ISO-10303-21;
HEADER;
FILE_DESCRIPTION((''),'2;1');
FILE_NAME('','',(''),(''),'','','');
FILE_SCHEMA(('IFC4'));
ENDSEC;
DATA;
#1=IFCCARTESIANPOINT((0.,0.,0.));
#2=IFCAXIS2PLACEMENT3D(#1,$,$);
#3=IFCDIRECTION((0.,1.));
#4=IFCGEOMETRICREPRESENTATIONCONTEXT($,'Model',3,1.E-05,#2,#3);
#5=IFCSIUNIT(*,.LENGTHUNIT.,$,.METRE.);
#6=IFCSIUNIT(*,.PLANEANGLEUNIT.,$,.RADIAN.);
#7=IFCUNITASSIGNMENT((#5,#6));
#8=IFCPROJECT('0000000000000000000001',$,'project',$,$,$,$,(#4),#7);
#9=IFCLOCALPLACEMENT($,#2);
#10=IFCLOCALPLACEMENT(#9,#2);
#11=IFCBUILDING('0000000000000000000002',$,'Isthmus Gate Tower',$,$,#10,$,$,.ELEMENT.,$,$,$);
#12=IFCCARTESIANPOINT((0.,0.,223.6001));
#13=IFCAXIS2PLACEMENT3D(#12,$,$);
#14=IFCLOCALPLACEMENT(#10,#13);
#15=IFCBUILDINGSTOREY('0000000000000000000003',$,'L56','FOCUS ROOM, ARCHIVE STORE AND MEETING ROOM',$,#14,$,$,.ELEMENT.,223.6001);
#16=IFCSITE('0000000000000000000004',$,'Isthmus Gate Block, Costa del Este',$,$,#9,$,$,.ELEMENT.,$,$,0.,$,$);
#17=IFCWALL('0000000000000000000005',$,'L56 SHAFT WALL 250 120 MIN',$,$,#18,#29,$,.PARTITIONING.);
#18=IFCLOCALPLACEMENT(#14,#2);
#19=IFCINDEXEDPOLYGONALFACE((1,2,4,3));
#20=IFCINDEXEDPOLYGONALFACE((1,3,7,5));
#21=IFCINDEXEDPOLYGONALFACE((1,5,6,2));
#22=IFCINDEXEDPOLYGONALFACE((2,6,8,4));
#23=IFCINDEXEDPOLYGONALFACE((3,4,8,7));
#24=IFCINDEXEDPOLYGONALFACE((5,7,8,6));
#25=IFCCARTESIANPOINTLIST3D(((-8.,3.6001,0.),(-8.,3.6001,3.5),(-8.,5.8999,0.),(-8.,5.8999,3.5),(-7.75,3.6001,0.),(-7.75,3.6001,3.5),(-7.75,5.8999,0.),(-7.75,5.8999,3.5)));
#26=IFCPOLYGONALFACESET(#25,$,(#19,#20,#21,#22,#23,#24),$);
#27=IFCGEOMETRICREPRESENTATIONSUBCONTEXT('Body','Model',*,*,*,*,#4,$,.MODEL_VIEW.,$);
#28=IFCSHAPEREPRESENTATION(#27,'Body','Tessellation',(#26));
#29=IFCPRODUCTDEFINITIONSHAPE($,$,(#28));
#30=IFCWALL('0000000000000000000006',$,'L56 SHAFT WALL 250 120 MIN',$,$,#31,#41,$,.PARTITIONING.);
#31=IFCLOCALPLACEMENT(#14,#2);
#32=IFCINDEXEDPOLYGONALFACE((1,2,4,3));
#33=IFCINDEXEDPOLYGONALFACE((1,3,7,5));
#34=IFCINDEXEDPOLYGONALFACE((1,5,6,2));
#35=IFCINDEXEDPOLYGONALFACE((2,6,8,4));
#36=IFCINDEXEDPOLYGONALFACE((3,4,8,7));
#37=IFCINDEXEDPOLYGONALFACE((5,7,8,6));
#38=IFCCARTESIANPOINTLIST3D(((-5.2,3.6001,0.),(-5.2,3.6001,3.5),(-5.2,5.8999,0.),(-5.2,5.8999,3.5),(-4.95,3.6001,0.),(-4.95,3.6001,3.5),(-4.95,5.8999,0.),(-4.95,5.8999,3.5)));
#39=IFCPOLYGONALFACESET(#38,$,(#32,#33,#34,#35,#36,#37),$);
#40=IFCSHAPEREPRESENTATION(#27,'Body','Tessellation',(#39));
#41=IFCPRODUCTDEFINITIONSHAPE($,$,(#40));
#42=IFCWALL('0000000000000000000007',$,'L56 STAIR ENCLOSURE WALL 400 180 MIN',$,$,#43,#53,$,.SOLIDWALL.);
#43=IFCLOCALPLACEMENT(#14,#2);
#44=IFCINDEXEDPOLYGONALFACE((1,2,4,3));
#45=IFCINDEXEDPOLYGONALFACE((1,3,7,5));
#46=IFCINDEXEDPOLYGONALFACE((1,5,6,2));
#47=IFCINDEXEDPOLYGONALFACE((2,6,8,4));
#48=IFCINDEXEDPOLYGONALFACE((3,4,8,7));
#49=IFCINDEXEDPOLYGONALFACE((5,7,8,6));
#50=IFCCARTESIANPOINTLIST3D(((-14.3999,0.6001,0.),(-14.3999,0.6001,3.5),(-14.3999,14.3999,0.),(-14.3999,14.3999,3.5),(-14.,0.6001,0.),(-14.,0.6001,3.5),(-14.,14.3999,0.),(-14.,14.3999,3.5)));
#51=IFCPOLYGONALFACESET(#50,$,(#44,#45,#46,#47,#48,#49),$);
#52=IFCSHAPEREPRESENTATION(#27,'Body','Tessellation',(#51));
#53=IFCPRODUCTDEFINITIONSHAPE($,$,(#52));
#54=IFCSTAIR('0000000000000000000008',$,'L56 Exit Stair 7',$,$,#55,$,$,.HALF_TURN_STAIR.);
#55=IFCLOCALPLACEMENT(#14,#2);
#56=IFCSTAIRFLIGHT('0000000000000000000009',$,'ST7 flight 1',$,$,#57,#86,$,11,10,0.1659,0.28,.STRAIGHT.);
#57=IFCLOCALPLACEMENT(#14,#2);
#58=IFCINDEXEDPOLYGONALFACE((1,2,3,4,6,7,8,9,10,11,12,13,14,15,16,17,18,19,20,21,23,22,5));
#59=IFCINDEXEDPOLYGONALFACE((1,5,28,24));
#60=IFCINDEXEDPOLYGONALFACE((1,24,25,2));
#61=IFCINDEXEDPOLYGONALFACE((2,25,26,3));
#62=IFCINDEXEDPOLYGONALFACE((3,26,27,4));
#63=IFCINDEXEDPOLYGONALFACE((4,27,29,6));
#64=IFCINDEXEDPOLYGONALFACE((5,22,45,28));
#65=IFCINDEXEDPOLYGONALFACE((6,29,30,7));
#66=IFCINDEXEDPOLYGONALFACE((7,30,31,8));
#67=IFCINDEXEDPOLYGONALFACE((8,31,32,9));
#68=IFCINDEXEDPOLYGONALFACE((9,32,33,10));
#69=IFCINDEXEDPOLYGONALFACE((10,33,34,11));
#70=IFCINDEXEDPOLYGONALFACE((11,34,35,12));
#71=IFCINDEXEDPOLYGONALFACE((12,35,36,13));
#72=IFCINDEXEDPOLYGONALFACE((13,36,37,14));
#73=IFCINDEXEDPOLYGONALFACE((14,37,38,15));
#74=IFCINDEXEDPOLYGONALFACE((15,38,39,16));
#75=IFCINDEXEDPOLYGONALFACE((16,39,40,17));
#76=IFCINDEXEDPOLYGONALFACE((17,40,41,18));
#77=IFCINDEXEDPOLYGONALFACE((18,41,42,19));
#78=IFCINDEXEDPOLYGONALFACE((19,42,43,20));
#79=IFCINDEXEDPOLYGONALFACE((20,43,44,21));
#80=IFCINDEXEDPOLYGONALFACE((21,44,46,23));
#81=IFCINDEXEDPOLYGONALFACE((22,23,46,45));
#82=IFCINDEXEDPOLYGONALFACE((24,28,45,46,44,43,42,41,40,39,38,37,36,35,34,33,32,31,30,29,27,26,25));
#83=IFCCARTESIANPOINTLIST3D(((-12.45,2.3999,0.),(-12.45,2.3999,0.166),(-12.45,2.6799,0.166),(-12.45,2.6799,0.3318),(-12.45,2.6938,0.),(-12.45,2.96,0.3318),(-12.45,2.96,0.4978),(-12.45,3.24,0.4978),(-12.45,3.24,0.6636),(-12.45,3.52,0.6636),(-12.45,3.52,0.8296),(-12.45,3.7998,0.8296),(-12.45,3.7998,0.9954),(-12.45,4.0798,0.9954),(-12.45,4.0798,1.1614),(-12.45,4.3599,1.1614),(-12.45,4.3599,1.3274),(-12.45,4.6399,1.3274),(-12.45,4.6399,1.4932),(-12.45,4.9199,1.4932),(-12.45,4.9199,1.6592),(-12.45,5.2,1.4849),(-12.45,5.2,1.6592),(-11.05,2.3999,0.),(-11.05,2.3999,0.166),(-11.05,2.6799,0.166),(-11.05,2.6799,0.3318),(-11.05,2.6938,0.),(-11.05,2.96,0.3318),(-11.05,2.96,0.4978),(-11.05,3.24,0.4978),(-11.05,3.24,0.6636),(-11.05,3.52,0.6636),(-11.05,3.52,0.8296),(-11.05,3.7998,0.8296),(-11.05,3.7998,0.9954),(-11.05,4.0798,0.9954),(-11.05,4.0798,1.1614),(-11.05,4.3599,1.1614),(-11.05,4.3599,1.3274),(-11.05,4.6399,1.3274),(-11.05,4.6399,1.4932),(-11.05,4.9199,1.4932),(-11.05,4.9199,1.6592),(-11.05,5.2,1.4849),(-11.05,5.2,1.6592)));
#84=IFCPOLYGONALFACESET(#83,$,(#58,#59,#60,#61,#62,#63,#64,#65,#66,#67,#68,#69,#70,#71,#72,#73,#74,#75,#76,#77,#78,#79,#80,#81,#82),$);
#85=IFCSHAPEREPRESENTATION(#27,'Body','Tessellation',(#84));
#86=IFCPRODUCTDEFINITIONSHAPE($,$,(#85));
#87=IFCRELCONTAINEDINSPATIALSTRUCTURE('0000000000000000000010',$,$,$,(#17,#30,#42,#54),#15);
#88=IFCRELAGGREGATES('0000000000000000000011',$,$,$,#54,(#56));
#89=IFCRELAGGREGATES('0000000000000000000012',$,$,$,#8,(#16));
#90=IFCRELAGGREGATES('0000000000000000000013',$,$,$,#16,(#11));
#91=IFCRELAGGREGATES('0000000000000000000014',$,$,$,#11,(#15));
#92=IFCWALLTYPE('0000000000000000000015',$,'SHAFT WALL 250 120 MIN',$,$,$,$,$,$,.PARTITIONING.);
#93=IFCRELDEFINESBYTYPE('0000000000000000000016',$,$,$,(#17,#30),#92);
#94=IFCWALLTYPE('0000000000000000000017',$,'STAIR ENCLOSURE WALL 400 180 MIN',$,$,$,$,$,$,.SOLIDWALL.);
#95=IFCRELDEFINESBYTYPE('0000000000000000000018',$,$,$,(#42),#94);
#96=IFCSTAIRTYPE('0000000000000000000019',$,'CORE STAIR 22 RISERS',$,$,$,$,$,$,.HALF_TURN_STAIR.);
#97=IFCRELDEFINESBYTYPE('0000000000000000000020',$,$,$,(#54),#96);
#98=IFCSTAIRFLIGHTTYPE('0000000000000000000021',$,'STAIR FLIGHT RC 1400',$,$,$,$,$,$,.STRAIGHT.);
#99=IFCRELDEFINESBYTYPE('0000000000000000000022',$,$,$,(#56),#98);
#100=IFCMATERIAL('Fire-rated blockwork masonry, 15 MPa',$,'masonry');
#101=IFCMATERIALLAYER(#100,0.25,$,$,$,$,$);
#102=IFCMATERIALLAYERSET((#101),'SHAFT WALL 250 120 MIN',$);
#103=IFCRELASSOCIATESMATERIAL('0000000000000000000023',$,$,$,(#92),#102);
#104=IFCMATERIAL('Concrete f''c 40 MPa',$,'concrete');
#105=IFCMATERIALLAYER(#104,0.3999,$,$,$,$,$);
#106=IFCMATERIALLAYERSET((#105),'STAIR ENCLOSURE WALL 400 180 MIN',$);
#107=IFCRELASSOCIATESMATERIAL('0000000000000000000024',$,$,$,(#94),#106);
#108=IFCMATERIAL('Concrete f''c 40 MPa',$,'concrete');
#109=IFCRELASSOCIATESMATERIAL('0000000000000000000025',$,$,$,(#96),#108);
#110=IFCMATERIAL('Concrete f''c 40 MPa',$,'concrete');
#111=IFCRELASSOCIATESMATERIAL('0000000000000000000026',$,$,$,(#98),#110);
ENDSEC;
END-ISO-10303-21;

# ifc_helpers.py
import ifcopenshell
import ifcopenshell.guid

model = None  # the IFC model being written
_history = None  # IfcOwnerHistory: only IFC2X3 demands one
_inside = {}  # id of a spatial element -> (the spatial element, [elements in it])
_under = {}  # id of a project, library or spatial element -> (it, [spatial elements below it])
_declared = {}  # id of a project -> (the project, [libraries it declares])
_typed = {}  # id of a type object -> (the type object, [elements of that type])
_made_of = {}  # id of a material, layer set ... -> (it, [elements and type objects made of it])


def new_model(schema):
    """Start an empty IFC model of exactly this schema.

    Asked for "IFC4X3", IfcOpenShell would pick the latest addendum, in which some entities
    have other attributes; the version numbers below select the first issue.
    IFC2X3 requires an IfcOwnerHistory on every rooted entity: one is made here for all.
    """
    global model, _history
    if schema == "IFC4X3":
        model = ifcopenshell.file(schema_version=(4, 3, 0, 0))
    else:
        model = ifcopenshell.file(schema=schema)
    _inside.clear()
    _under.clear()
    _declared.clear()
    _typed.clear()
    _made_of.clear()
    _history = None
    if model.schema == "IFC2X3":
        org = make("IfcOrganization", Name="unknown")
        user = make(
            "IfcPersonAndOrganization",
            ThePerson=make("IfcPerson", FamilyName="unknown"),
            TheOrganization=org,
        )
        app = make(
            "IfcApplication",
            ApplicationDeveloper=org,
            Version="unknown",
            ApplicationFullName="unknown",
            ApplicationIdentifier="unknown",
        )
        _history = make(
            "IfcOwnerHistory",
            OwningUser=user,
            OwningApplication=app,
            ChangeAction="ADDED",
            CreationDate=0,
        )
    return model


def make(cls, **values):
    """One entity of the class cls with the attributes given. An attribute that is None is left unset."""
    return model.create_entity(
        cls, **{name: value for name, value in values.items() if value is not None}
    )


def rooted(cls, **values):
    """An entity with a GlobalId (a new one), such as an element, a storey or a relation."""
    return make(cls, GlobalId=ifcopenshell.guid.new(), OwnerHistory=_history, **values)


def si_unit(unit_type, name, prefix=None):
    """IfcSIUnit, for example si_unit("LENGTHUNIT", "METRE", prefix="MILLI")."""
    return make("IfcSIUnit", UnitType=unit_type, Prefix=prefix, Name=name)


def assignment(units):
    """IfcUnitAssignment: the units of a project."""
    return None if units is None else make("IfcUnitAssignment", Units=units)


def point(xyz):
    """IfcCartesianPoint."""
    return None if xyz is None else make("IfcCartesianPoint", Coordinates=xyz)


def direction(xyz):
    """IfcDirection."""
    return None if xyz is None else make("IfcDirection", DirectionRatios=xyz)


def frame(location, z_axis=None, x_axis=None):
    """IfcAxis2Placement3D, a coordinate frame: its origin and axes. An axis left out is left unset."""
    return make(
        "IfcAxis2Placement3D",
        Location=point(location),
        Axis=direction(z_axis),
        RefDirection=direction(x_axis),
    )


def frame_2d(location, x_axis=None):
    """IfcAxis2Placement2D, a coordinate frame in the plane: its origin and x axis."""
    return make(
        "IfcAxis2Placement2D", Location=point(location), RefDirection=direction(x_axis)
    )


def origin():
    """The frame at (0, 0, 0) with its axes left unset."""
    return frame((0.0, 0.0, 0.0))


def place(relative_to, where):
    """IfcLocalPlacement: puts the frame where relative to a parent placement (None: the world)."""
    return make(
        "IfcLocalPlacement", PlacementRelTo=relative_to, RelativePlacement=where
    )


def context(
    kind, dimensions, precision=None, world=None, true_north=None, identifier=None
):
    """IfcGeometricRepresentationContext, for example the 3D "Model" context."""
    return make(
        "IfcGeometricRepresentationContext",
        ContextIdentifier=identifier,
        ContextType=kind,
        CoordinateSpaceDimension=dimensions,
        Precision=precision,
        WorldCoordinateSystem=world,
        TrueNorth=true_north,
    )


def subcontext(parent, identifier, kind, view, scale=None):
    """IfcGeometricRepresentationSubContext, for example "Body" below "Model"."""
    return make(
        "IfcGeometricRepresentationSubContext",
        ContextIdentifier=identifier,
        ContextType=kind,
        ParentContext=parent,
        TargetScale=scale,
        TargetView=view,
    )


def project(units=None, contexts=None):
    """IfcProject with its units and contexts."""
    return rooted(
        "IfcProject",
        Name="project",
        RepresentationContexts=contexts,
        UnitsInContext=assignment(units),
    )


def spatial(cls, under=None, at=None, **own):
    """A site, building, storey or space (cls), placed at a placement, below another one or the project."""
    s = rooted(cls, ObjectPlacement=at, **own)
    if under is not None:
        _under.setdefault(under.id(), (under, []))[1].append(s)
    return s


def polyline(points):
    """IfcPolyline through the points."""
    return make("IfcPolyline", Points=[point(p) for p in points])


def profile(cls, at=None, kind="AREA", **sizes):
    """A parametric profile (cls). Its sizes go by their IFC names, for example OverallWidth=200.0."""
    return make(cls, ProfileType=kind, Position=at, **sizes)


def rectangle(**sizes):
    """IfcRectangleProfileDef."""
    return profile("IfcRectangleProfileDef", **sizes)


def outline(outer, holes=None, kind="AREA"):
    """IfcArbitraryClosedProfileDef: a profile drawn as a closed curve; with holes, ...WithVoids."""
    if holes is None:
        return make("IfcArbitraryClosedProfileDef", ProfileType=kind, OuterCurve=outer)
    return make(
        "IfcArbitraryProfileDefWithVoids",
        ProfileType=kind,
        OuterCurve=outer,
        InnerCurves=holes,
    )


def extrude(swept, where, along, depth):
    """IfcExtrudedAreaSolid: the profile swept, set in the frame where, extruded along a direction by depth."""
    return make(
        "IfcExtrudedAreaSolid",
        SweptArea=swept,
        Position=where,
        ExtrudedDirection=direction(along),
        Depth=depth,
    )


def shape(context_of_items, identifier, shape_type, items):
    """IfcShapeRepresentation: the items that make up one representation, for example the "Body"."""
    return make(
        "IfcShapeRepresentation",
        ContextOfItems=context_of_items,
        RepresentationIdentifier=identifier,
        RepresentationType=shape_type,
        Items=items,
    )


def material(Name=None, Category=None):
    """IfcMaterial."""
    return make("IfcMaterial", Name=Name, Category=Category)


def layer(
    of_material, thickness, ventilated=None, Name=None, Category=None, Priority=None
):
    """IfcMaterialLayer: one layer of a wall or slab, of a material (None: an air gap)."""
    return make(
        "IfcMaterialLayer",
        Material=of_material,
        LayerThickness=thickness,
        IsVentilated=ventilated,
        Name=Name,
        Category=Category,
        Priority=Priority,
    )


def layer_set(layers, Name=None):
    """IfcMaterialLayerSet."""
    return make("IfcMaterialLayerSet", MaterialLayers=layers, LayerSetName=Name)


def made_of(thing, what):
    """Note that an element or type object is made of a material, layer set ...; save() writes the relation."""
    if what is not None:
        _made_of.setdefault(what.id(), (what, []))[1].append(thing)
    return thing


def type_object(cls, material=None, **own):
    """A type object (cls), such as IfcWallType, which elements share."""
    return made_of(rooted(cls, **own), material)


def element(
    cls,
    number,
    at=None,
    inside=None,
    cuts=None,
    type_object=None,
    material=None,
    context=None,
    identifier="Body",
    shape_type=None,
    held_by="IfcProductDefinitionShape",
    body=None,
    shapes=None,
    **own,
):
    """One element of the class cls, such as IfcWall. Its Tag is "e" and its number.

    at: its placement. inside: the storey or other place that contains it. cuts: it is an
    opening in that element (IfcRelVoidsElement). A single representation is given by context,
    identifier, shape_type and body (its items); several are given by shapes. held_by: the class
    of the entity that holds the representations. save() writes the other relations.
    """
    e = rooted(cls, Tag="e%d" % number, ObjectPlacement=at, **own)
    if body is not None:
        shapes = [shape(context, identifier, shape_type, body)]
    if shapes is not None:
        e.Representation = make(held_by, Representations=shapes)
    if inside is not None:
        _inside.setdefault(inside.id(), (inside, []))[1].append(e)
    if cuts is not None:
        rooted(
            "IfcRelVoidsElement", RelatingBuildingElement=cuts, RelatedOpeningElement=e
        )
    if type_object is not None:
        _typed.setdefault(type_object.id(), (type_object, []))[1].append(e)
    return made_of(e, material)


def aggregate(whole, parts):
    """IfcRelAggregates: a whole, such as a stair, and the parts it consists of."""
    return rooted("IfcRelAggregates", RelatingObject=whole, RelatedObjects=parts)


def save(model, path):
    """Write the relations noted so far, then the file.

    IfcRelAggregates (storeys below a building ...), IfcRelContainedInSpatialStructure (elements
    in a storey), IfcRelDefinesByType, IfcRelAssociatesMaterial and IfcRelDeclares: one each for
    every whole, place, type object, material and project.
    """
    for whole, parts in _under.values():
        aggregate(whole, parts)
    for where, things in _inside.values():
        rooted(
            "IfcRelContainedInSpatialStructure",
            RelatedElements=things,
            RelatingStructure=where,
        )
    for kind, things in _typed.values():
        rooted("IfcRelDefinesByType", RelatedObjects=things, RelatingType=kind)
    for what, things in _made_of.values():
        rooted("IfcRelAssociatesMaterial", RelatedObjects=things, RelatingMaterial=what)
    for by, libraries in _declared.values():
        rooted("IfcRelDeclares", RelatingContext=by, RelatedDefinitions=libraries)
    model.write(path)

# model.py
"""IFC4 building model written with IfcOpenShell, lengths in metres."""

from ifc_helpers import new_model, si_unit, direction, frame, frame_2d, origin, place, context, subcontext, project, spatial, polyline, rectangle, outline, extrude, material, layer, layer_set, type_object, element, aggregate, save


model = new_model("IFC4")

# Units and contexts
model_context = context("Model", 3, precision=1e-05, world=origin(), true_north=direction((0.0, 1.0)))
body_context = subcontext(model_context, "Body", "Model", "MODEL_VIEW")
ifc_project = project(units=[si_unit("LENGTHUNIT", "METRE"), si_unit("PLANEANGLEUNIT", "RADIAN")], contexts=[model_context])

# Site, building, storey
site_placement = place(None, origin())
site = spatial("IfcSite", under=ifc_project, at=site_placement, Name="Isthmus Gate Block, Costa del Este", CompositionType="ELEMENT", RefElevation=0.0)
building_placement = place(site_placement, origin())
building = spatial("IfcBuilding", under=site, at=building_placement, Name="Isthmus Gate Tower", CompositionType="ELEMENT")
storey_placement = place(building_placement, frame((0.0, 0.0, 223.6001)))
storey = spatial("IfcBuildingStorey", under=building, at=storey_placement, Name="L56", Description="FOCUS ROOM, ARCHIVE STORE AND MEETING ROOM", CompositionType="ELEMENT", Elevation=223.6001)

# Walls
ifc_material_1 = material(Name="Fire-rated blockwork masonry, 15 MPa", Category="masonry")
ifc_layer_1 = layer(ifc_material_1, 0.25)
ifc_layer_set_1 = layer_set([ifc_layer_1], Name="SHAFT WALL 250 120 MIN")
wall_type_1 = type_object("IfcWallType", Name="SHAFT WALL 250 120 MIN", PredefinedType="PARTITIONING", material=ifc_layer_set_1)
for number, where, z_axis, x_axis, name in (
    (1, (-7.875, 3.6001, 0.0), (0.0, 0.0, 1.0), (0.0, 1.0, 0.0), "L56 SHAFT WALL 250 120 MIN"),
    (2, (-5.075, 3.6001, 0.0), (0.0, 0.0, 1.0), (0.0, 1.0, 0.0), "L56 SHAFT WALL 250 120 MIN"),
):
    element("IfcWall", number, at=place(storey_placement, frame(where, z_axis=z_axis, x_axis=x_axis)), inside=storey, type_object=wall_type_1, Name=name, PredefinedType="PARTITIONING", context=body_context, shape_type="SweptSolid", body=[
        extrude(rectangle(XDim=2.2998, YDim=0.25, at=frame_2d((1.1499, 0.0))), origin(), (0.0, 0.0, 1.0), 3.5),
    ])
ifc_material_2 = material(Name="Concrete f'c 40 MPa", Category="concrete")
ifc_layer_2 = layer(ifc_material_2, 0.3999)
ifc_layer_set_2 = layer_set([ifc_layer_2], Name="STAIR ENCLOSURE WALL 400 180 MIN")
wall_type_2 = type_object("IfcWallType", Name="STAIR ENCLOSURE WALL 400 180 MIN", PredefinedType="SOLIDWALL", material=ifc_layer_set_2)
wall_1_placement = place(storey_placement, frame((-14.2, 0.6001, 0.0), z_axis=(0.0, 0.0, 1.0), x_axis=(0.0, 1.0, 0.0)))
element("IfcWall", 3, at=wall_1_placement, inside=storey, type_object=wall_type_2, Name="L56 STAIR ENCLOSURE WALL 400 180 MIN", PredefinedType="SOLIDWALL", context=body_context, shape_type="SweptSolid", body=[
    extrude(rectangle(XDim=13.7998, YDim=0.3999, at=frame_2d((6.8999, 0.0))), origin(), (0.0, 0.0, 1.0), 3.5),
])

# Stair, stair flight
ifc_material_3 = material(Name="Concrete f'c 40 MPa", Category="concrete")
stair_type = type_object("IfcStairType", Name="CORE STAIR 22 RISERS", PredefinedType="HALF_TURN_STAIR", material=ifc_material_3)
stair_placement = place(storey_placement, origin())
stair = element("IfcStair", 4, at=stair_placement, inside=storey, type_object=stair_type, Name="L56 Exit Stair 7", PredefinedType="HALF_TURN_STAIR")
ifc_material_4 = material(Name="Concrete f'c 40 MPa", Category="concrete")
stair_flight_type = type_object("IfcStairFlightType", Name="STAIR FLIGHT RC 1400", PredefinedType="STRAIGHT", material=ifc_material_4)
stair_flight_placement = place(storey_placement, frame((-11.75, 2.3999, 0.0), z_axis=(0.0, 0.0, 1.0), x_axis=(0.0, 1.0, 0.0)))
stair_flight = element("IfcStairFlight", 5, at=stair_flight_placement, type_object=stair_flight_type, Name="ST7 flight 1", NumberOfRisers=11, NumberOfTreads=10, PredefinedType="STRAIGHT", RiserHeight=0.1659, TreadLength=0.28, context=body_context, shape_type="SweptSolid", body=[
    extrude(outline(polyline([(0.0, 0.0), (0.0, 0.166), (0.28, 0.166), (0.28, 0.3318), (0.5601, 0.3318), (0.5601, 0.4978), (0.8401, 0.4978), (0.8401, 0.6636), (1.1201, 0.6636), (1.1201, 0.8296), (1.3999, 0.8296), (1.3999, 0.9954), (1.6799, 0.9954), (1.6799, 1.1614), (1.96, 1.1614), (1.96, 1.3274), (2.24, 1.3274), (2.24, 1.4932), (2.52, 1.4932), (2.52, 1.6592), (2.8, 1.6592), (2.8, 1.825), (2.8, 1.4849), (0.2939, 0.0), (0.0, 0.0)])), frame((0.0, 0.7, 0.0), z_axis=(0.0, -1.0, 0.0), x_axis=(1.0, 0.0, 0.0)), (0.0, 0.0, 1.0), 1.3999),
])
aggregate(stair, [stair_flight])

save(model, "model.ifc")
